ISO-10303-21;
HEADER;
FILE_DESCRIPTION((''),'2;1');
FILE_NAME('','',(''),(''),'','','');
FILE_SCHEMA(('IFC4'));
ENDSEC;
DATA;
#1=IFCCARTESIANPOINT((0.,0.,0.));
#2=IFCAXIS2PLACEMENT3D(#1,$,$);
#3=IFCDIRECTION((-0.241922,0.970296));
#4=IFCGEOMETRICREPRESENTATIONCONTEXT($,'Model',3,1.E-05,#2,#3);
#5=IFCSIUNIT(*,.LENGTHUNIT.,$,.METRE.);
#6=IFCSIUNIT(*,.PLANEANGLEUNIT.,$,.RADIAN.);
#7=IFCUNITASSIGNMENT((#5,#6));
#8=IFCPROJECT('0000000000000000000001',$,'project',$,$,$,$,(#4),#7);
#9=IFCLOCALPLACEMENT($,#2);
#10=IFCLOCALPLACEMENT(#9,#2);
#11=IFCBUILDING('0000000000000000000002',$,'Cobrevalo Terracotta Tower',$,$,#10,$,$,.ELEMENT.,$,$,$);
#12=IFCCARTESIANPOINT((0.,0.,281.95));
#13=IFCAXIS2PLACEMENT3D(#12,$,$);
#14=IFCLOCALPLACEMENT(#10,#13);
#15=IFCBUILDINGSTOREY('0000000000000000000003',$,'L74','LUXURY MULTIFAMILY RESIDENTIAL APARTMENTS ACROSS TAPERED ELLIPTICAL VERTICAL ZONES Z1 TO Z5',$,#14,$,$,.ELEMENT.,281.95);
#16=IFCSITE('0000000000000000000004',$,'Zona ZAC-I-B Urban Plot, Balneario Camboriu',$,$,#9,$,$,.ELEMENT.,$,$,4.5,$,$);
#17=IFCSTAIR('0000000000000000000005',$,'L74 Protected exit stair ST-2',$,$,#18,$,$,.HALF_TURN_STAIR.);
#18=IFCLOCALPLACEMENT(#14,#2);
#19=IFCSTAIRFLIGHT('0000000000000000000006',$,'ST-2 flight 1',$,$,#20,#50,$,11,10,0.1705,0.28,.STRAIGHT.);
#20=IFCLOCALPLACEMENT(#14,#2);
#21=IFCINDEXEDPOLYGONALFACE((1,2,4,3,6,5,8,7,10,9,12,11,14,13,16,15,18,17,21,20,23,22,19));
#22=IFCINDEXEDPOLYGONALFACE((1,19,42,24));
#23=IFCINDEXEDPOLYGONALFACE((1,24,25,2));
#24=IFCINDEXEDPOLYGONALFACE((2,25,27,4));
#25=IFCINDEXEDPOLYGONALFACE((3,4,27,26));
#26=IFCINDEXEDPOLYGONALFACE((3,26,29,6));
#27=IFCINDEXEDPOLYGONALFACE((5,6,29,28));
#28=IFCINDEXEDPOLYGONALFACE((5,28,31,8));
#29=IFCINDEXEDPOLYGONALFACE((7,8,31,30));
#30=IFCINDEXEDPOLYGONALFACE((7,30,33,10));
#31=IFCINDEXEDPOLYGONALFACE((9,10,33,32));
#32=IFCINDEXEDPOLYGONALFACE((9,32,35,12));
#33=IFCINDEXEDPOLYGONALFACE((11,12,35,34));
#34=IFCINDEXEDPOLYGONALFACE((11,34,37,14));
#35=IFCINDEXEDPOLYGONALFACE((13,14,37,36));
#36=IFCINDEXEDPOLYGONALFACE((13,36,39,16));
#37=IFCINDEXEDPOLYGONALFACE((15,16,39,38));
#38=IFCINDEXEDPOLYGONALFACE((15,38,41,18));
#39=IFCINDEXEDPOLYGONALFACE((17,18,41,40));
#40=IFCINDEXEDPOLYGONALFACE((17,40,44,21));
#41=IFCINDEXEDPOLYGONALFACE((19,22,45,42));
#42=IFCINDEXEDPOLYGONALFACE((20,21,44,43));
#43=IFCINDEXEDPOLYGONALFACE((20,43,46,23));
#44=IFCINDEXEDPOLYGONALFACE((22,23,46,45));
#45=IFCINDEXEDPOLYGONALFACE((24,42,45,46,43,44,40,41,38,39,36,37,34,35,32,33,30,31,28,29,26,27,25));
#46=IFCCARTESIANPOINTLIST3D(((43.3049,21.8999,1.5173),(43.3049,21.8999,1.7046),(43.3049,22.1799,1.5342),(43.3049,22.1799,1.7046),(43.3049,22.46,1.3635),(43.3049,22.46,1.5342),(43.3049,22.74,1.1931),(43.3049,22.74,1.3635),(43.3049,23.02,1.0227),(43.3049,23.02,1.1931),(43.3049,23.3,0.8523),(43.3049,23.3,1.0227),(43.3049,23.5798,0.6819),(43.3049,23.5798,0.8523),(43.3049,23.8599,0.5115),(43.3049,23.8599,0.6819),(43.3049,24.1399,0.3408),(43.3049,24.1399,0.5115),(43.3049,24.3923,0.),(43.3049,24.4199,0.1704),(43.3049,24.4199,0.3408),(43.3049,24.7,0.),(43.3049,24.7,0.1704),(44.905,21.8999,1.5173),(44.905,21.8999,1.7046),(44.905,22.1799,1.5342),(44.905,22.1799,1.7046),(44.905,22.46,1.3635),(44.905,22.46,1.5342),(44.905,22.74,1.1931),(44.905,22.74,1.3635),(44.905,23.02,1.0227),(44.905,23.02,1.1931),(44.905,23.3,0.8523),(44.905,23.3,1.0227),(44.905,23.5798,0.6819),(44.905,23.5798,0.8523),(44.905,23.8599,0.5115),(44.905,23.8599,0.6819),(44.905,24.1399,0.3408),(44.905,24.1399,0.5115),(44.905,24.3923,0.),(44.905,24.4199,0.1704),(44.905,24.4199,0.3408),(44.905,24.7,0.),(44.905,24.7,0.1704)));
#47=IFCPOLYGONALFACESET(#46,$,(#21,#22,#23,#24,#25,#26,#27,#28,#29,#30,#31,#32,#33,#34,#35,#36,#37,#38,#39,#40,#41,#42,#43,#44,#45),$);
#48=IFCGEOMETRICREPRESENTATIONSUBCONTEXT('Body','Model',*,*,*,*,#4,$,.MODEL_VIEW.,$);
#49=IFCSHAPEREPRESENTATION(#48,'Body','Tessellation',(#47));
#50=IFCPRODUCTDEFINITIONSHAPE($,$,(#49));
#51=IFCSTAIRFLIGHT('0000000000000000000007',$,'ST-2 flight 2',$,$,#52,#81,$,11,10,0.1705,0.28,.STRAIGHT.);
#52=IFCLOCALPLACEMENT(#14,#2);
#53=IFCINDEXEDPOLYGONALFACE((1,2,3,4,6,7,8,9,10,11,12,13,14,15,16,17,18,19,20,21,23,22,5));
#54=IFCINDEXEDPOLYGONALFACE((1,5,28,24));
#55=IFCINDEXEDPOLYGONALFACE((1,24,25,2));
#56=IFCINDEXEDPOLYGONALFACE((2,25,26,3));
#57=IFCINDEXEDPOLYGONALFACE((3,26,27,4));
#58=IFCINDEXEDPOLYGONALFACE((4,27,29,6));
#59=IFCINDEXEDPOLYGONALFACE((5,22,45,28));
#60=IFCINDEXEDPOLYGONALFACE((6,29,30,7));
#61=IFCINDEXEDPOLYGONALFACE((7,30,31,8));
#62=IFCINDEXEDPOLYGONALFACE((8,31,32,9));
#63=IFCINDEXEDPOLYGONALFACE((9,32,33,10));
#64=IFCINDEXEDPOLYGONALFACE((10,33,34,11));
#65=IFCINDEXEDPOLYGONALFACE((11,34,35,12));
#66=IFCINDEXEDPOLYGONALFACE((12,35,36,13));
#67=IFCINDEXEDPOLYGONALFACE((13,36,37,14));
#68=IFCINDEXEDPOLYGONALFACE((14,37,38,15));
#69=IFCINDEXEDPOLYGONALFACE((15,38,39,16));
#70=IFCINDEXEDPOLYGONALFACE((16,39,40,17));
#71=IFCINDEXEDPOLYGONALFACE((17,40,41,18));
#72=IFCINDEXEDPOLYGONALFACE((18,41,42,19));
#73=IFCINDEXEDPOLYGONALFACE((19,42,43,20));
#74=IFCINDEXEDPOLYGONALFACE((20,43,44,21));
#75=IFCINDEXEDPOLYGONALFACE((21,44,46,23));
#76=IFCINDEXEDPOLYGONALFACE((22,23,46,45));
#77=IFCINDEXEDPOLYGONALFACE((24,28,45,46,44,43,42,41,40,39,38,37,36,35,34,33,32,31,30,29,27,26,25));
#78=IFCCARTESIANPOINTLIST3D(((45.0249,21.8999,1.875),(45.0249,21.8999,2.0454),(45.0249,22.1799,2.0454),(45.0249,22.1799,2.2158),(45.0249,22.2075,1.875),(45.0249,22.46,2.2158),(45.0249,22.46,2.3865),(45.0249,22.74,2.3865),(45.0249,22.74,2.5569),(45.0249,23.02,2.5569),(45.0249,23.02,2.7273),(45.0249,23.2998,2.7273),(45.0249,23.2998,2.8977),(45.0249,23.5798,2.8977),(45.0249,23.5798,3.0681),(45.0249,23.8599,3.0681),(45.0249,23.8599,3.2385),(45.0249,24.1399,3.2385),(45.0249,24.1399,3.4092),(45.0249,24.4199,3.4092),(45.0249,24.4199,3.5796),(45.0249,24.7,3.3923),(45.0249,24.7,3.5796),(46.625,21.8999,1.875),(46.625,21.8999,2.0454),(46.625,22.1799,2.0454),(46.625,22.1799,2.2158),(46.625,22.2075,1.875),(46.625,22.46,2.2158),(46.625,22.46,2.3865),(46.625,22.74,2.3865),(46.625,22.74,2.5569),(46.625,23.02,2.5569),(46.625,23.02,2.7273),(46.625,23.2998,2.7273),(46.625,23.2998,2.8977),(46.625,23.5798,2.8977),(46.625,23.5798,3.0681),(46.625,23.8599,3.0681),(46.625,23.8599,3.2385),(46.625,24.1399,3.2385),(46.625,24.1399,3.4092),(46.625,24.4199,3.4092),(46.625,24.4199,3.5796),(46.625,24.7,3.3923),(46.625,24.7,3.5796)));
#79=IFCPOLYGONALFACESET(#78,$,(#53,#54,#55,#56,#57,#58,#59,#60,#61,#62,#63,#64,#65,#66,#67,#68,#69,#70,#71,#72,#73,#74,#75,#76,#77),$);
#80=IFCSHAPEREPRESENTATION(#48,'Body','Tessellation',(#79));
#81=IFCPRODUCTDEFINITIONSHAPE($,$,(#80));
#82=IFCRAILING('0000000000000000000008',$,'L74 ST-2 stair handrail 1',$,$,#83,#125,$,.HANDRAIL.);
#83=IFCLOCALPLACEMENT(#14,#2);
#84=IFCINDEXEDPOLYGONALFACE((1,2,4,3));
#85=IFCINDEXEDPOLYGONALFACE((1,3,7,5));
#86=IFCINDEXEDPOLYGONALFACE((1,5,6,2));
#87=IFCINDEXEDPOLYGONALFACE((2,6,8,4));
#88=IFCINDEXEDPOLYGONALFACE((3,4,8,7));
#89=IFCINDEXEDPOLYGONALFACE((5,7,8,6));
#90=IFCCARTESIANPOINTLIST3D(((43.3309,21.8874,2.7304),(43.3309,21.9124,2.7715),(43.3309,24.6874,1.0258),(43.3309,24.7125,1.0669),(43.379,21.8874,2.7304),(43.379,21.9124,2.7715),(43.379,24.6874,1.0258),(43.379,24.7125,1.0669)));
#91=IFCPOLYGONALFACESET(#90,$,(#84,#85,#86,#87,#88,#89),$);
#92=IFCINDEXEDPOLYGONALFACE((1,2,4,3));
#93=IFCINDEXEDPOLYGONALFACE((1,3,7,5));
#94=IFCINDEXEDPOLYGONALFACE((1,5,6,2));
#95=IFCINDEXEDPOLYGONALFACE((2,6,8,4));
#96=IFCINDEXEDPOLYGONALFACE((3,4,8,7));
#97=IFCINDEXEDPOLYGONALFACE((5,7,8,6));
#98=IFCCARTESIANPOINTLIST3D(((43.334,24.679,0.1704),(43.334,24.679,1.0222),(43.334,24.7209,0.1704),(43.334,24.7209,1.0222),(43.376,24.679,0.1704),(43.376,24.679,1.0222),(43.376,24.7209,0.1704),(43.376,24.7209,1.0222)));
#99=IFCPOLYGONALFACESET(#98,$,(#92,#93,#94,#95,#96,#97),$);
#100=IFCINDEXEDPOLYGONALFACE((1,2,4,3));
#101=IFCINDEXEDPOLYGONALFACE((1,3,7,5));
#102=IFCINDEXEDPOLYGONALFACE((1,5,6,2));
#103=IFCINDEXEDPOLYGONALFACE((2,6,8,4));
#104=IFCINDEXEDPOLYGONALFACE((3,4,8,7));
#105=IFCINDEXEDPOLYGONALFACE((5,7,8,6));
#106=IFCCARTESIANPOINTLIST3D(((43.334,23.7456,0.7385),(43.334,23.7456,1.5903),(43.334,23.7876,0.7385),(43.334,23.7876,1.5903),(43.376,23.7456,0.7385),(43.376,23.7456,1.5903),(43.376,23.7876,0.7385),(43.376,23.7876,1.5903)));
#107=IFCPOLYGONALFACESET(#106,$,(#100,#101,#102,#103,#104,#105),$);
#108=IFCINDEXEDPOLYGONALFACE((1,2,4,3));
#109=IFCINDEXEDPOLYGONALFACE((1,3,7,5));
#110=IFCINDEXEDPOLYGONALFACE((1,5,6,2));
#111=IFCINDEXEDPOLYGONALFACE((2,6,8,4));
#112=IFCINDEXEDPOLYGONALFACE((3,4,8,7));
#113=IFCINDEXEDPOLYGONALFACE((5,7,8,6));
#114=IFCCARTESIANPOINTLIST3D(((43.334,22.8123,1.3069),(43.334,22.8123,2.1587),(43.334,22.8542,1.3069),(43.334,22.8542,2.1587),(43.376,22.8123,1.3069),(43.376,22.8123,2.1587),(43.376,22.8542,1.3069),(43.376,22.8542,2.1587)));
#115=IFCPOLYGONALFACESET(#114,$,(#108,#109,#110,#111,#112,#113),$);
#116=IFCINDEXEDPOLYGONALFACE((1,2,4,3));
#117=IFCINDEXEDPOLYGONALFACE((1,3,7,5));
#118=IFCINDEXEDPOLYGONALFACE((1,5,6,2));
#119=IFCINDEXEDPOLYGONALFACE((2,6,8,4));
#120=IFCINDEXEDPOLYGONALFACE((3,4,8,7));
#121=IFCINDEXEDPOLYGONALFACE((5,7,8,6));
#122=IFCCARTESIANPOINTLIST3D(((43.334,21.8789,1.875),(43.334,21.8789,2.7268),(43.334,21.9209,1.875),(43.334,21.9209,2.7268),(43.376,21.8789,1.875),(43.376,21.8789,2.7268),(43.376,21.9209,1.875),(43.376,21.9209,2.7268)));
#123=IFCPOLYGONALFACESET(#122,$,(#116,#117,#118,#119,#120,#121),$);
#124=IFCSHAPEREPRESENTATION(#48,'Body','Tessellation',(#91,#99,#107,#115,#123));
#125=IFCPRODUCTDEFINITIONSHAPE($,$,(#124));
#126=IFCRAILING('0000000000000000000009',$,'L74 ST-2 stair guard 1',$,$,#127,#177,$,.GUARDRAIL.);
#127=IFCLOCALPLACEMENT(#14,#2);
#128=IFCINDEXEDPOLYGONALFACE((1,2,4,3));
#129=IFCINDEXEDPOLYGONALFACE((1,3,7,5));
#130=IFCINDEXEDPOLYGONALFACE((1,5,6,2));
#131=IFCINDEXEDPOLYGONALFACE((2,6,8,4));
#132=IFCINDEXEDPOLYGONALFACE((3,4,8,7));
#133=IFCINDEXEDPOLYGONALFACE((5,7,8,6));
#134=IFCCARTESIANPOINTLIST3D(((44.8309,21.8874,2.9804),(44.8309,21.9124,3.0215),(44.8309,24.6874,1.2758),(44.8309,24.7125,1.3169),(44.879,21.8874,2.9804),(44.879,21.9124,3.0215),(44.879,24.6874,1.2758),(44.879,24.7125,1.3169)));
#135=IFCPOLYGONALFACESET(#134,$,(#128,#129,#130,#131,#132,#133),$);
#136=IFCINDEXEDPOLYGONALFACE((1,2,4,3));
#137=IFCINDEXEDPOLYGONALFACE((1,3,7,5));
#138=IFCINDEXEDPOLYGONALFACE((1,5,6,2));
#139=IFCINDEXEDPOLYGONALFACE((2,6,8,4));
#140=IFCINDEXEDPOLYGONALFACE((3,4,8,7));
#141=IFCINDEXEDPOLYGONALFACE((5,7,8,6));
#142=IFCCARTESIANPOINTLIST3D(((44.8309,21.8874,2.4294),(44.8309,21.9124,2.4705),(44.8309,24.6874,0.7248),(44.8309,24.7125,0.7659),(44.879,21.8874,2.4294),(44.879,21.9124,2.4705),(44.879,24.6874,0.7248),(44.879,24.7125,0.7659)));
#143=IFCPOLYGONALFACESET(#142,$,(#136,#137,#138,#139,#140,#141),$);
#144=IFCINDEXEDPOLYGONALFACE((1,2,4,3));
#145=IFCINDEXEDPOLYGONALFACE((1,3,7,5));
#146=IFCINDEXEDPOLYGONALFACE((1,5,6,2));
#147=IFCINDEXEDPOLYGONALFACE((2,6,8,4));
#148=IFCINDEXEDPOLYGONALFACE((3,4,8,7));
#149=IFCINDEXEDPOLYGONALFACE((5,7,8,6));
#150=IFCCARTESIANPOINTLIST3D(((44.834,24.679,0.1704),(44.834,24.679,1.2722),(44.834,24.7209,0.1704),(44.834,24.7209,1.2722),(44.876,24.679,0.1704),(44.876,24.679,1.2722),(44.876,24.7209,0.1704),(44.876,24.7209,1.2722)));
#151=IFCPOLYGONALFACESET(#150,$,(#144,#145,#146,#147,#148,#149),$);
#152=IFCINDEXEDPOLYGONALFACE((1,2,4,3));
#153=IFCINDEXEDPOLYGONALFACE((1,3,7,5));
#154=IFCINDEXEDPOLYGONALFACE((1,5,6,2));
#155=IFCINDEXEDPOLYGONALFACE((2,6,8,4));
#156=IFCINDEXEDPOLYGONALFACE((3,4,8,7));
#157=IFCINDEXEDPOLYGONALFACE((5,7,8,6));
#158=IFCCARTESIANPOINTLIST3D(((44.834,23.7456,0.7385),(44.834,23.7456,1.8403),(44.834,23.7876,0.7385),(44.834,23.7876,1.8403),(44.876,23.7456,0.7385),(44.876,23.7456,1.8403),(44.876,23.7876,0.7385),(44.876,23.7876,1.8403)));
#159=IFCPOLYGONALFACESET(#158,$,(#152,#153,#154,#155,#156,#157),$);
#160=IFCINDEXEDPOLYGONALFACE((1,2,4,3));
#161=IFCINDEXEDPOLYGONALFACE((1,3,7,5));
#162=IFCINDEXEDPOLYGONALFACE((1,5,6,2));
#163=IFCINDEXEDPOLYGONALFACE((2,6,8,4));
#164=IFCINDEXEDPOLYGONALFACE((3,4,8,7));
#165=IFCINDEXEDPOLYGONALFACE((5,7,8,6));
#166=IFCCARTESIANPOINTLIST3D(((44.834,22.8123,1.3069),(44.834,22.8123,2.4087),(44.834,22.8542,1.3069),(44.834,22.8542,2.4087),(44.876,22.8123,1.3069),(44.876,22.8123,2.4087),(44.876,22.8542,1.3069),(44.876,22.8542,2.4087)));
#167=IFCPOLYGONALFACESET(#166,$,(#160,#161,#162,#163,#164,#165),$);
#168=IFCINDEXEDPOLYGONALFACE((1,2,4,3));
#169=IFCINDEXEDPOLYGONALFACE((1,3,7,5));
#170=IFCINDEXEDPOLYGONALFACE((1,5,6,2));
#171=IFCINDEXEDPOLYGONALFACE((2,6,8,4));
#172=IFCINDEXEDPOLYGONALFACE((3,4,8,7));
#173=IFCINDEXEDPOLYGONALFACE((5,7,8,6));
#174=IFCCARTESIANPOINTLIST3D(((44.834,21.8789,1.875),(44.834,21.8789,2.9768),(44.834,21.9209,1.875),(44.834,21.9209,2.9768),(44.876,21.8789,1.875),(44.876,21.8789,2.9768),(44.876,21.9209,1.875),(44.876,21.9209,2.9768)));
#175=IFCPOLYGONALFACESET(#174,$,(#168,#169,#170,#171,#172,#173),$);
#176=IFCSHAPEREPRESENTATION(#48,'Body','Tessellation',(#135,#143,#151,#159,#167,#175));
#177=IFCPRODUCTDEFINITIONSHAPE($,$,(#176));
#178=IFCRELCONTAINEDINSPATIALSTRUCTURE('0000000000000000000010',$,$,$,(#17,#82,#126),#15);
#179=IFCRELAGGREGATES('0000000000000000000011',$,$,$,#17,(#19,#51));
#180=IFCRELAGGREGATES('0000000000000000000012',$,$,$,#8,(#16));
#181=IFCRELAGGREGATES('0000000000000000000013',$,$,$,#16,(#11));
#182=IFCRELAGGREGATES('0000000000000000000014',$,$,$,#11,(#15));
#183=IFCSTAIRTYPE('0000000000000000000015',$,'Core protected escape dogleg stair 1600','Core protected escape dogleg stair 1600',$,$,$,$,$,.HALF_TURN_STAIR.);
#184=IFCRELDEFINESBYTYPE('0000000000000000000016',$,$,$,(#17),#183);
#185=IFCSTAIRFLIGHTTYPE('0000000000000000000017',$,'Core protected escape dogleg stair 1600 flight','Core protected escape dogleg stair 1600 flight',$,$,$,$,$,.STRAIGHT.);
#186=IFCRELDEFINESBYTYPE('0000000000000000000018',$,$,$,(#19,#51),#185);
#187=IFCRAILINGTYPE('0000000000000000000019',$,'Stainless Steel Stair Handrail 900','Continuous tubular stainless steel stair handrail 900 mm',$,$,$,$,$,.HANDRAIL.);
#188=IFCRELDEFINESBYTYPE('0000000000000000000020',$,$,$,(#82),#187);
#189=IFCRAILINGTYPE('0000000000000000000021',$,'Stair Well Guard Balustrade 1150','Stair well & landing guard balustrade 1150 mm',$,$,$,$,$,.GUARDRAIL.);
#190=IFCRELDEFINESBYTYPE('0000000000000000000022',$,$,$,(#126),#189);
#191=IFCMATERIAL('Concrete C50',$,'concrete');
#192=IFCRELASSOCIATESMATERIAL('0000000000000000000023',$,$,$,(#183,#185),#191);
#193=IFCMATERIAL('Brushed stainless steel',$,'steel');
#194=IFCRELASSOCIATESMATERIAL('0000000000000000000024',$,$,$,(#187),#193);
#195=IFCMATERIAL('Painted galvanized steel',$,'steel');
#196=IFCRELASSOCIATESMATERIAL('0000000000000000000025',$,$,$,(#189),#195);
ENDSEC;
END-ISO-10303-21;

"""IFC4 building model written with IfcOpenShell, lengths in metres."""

from ifc_helpers import new_model, si_unit, direction, frame, origin, origin_2d, place, context, subcontext, project, spatial, polyline, rectangle, outline, extrude, material, type_object, element, aggregate, save


model = new_model("IFC4")

# Units and contexts
model_context = context("Model", 3, precision=1e-05, world=origin(), true_north=direction((-0.241922, 0.970296)))
body_context = subcontext(model_context, "Body", "Model", "MODEL_VIEW")
ifc_project = project(units=[si_unit("LENGTHUNIT", "METRE"), si_unit("PLANEANGLEUNIT", "RADIAN")], contexts=[model_context])

# Site, building, storey
site_placement = place(None, origin())
site = spatial("IfcSite", under=ifc_project, at=site_placement, Name="Zona ZAC-I-B Urban Plot, Balneario Camboriu", CompositionType="ELEMENT", RefElevation=4.5)
building_placement = place(site_placement, origin())
building = spatial("IfcBuilding", under=site, at=building_placement, Name="Cobrevalo Terracotta Tower", CompositionType="ELEMENT")
storey_placement = place(building_placement, frame((0.0, 0.0, 281.95)))
storey = spatial("IfcBuildingStorey", under=building, at=storey_placement, Name="L74", Description="LUXURY MULTIFAMILY RESIDENTIAL APARTMENTS ACROSS TAPERED ELLIPTICAL VERTICAL ZONES Z1 TO Z5", CompositionType="ELEMENT", Elevation=281.95)

# Shared definitions
ifc_material_1 = material(Name="Concrete C50", Category="concrete")

# Stair, stair flights
stair_type = type_object("IfcStairType", Name="Core protected escape dogleg stair 1600", Description="Core protected escape dogleg stair 1600", PredefinedType="HALF_TURN_STAIR", material=ifc_material_1)
stair_placement = place(storey_placement, origin())
stair = element("IfcStair", 1, at=stair_placement, inside=storey, type_object=stair_type, Name="L74 Protected exit stair ST-2", PredefinedType="HALF_TURN_STAIR")
stair_flight_type = type_object("IfcStairFlightType", Name="Core protected escape dogleg stair 1600 flight", Description="Core protected escape dogleg stair 1600 flight", PredefinedType="STRAIGHT", material=ifc_material_1)
stair_flight_1_placement = place(storey_placement, frame((44.105, 24.7, 0.0), z_axis=(0.0, 0.0, 1.0), x_axis=(0.0, -1.0, 0.0)))
stair_flight_1 = element("IfcStairFlight", 2, at=stair_flight_1_placement, type_object=stair_flight_type, Name="ST-2 flight 1", NumberOfRisers=11, NumberOfTreads=10, PredefinedType="STRAIGHT", RiserHeight=0.1705, TreadLength=0.28, context=body_context, shape_type="SweptSolid", body=[
    extrude(outline(polyline([(0.0, 0.0), (0.0, 0.1704), (0.28, 0.1704), (0.28, 0.3408), (0.5601, 0.3408), (0.5601, 0.5115), (0.8401, 0.5115), (0.8401, 0.6819), (1.1201, 0.6819), (1.1201, 0.8523), (1.3999, 0.8523), (1.3999, 1.0227), (1.6799, 1.0227), (1.6799, 1.1931), (1.96, 1.1931), (1.96, 1.3635), (2.24, 1.3635), (2.24, 1.5342), (2.52, 1.5342), (2.52, 1.7046), (2.8, 1.7046), (2.8, 1.875), (2.8, 1.5173), (0.3076, 0.0), (0.0, 0.0)])), frame((0.0, 0.8, 0.0), z_axis=(0.0, -1.0, 0.0), x_axis=(1.0, 0.0, 0.0)), (0.0, 0.0, 1.0), 1.6001),
])
stair_flight_2_placement = place(storey_placement, frame((45.825, 21.8999, 1.875), z_axis=(0.0, 0.0, 1.0), x_axis=(0.0, 1.0, 0.0)))
stair_flight_2 = element("IfcStairFlight", 3, at=stair_flight_2_placement, type_object=stair_flight_type, Name="ST-2 flight 2", NumberOfRisers=11, NumberOfTreads=10, PredefinedType="STRAIGHT", RiserHeight=0.1705, TreadLength=0.28, context=body_context, shape_type="SweptSolid", body=[
    extrude(outline(polyline([(0.0, 0.0), (0.0, 0.1704), (0.28, 0.1704), (0.28, 0.3408), (0.5601, 0.3408), (0.5601, 0.5115), (0.8401, 0.5115), (0.8401, 0.6819), (1.1201, 0.6819), (1.1201, 0.8523), (1.3999, 0.8523), (1.3999, 1.0227), (1.6799, 1.0227), (1.6799, 1.1931), (1.96, 1.1931), (1.96, 1.3635), (2.24, 1.3635), (2.24, 1.5342), (2.52, 1.5342), (2.52, 1.7046), (2.8, 1.7046), (2.8, 1.875), (2.8, 1.5173), (0.3076, 0.0), (0.0, 0.0)])), frame((0.0, 0.8, 0.0), z_axis=(0.0, -1.0, 0.0), x_axis=(1.0, 0.0, 0.0)), (0.0, 0.0, 1.0), 1.6001),
])
aggregate(stair, [stair_flight_1, stair_flight_2])

# Railings
ifc_material_2 = material(Name="Brushed stainless steel", Category="steel")
railing_type_1 = type_object("IfcRailingType", Name="Stainless Steel Stair Handrail 900", Description="Continuous tubular stainless steel stair handrail 900 mm", PredefinedType="HANDRAIL", material=ifc_material_2)
railing_1_placement = place(storey_placement, frame((43.355, 24.7, 0.1704)))
element("IfcRailing", 4, at=railing_1_placement, inside=storey, type_object=railing_type_1, Name="L74 ST-2 stair handrail 1", PredefinedType="HANDRAIL", context=body_context, shape_type="SweptSolid", body=[
    extrude(rectangle(XDim=0.0481, YDim=0.0481, at=origin_2d()), frame((0.0, 0.0, 0.876), z_axis=(0.0, -0.85417, 0.519994), x_axis=(1.0, 0.0, 0.0)), (0.0, 0.0, 1.0), 3.2781),
    extrude(rectangle(XDim=0.042, YDim=0.042, at=origin_2d()), origin(), (0.0, 0.0, 1.0), 0.8518),
    extrude(rectangle(XDim=0.042, YDim=0.042, at=origin_2d()), frame((0.0, -0.9333, 0.5681)), (0.0, 0.0, 1.0), 0.8518),
    extrude(rectangle(XDim=0.042, YDim=0.042, at=origin_2d()), frame((0.0, -1.8667, 1.1365)), (0.0, 0.0, 1.0), 0.8518),
    extrude(rectangle(XDim=0.042, YDim=0.042, at=origin_2d()), frame((0.0, -2.8, 1.7046)), (0.0, 0.0, 1.0), 0.8518),
])
ifc_material_3 = material(Name="Painted galvanized steel", Category="steel")
railing_type_2 = type_object("IfcRailingType", Name="Stair Well Guard Balustrade 1150", Description="Stair well & landing guard balustrade 1150 mm", PredefinedType="GUARDRAIL", material=ifc_material_3)
railing_2_placement = place(storey_placement, frame((44.855, 24.7, 0.1704)))
element("IfcRailing", 5, at=railing_2_placement, inside=storey, type_object=railing_type_2, Name="L74 ST-2 stair guard 1", PredefinedType="GUARDRAIL", context=body_context, shape_type="SweptSolid", body=[
    extrude(rectangle(XDim=0.0481, YDim=0.0481, at=origin_2d()), frame((0.0, 0.0, 1.126), z_axis=(0.0, -0.85417, 0.519994), x_axis=(1.0, 0.0, 0.0)), (0.0, 0.0, 1.0), 3.2781),
    extrude(rectangle(XDim=0.0481, YDim=0.0481, at=origin_2d()), frame((0.0, 0.0, 0.575), z_axis=(0.0, -0.85417, 0.519994), x_axis=(1.0, 0.0, 0.0)), (0.0, 0.0, 1.0), 3.2781),
    extrude(rectangle(XDim=0.042, YDim=0.042, at=origin_2d()), origin(), (0.0, 0.0, 1.0), 1.1018),
    extrude(rectangle(XDim=0.042, YDim=0.042, at=origin_2d()), frame((0.0, -0.9333, 0.5681)), (0.0, 0.0, 1.0), 1.1018),
    extrude(rectangle(XDim=0.042, YDim=0.042, at=origin_2d()), frame((0.0, -1.8667, 1.1365)), (0.0, 0.0, 1.0), 1.1018),
    extrude(rectangle(XDim=0.042, YDim=0.042, at=origin_2d()), frame((0.0, -2.8, 1.7046)), (0.0, 0.0, 1.0), 1.1018),
])

save(model, "model.ifc")
